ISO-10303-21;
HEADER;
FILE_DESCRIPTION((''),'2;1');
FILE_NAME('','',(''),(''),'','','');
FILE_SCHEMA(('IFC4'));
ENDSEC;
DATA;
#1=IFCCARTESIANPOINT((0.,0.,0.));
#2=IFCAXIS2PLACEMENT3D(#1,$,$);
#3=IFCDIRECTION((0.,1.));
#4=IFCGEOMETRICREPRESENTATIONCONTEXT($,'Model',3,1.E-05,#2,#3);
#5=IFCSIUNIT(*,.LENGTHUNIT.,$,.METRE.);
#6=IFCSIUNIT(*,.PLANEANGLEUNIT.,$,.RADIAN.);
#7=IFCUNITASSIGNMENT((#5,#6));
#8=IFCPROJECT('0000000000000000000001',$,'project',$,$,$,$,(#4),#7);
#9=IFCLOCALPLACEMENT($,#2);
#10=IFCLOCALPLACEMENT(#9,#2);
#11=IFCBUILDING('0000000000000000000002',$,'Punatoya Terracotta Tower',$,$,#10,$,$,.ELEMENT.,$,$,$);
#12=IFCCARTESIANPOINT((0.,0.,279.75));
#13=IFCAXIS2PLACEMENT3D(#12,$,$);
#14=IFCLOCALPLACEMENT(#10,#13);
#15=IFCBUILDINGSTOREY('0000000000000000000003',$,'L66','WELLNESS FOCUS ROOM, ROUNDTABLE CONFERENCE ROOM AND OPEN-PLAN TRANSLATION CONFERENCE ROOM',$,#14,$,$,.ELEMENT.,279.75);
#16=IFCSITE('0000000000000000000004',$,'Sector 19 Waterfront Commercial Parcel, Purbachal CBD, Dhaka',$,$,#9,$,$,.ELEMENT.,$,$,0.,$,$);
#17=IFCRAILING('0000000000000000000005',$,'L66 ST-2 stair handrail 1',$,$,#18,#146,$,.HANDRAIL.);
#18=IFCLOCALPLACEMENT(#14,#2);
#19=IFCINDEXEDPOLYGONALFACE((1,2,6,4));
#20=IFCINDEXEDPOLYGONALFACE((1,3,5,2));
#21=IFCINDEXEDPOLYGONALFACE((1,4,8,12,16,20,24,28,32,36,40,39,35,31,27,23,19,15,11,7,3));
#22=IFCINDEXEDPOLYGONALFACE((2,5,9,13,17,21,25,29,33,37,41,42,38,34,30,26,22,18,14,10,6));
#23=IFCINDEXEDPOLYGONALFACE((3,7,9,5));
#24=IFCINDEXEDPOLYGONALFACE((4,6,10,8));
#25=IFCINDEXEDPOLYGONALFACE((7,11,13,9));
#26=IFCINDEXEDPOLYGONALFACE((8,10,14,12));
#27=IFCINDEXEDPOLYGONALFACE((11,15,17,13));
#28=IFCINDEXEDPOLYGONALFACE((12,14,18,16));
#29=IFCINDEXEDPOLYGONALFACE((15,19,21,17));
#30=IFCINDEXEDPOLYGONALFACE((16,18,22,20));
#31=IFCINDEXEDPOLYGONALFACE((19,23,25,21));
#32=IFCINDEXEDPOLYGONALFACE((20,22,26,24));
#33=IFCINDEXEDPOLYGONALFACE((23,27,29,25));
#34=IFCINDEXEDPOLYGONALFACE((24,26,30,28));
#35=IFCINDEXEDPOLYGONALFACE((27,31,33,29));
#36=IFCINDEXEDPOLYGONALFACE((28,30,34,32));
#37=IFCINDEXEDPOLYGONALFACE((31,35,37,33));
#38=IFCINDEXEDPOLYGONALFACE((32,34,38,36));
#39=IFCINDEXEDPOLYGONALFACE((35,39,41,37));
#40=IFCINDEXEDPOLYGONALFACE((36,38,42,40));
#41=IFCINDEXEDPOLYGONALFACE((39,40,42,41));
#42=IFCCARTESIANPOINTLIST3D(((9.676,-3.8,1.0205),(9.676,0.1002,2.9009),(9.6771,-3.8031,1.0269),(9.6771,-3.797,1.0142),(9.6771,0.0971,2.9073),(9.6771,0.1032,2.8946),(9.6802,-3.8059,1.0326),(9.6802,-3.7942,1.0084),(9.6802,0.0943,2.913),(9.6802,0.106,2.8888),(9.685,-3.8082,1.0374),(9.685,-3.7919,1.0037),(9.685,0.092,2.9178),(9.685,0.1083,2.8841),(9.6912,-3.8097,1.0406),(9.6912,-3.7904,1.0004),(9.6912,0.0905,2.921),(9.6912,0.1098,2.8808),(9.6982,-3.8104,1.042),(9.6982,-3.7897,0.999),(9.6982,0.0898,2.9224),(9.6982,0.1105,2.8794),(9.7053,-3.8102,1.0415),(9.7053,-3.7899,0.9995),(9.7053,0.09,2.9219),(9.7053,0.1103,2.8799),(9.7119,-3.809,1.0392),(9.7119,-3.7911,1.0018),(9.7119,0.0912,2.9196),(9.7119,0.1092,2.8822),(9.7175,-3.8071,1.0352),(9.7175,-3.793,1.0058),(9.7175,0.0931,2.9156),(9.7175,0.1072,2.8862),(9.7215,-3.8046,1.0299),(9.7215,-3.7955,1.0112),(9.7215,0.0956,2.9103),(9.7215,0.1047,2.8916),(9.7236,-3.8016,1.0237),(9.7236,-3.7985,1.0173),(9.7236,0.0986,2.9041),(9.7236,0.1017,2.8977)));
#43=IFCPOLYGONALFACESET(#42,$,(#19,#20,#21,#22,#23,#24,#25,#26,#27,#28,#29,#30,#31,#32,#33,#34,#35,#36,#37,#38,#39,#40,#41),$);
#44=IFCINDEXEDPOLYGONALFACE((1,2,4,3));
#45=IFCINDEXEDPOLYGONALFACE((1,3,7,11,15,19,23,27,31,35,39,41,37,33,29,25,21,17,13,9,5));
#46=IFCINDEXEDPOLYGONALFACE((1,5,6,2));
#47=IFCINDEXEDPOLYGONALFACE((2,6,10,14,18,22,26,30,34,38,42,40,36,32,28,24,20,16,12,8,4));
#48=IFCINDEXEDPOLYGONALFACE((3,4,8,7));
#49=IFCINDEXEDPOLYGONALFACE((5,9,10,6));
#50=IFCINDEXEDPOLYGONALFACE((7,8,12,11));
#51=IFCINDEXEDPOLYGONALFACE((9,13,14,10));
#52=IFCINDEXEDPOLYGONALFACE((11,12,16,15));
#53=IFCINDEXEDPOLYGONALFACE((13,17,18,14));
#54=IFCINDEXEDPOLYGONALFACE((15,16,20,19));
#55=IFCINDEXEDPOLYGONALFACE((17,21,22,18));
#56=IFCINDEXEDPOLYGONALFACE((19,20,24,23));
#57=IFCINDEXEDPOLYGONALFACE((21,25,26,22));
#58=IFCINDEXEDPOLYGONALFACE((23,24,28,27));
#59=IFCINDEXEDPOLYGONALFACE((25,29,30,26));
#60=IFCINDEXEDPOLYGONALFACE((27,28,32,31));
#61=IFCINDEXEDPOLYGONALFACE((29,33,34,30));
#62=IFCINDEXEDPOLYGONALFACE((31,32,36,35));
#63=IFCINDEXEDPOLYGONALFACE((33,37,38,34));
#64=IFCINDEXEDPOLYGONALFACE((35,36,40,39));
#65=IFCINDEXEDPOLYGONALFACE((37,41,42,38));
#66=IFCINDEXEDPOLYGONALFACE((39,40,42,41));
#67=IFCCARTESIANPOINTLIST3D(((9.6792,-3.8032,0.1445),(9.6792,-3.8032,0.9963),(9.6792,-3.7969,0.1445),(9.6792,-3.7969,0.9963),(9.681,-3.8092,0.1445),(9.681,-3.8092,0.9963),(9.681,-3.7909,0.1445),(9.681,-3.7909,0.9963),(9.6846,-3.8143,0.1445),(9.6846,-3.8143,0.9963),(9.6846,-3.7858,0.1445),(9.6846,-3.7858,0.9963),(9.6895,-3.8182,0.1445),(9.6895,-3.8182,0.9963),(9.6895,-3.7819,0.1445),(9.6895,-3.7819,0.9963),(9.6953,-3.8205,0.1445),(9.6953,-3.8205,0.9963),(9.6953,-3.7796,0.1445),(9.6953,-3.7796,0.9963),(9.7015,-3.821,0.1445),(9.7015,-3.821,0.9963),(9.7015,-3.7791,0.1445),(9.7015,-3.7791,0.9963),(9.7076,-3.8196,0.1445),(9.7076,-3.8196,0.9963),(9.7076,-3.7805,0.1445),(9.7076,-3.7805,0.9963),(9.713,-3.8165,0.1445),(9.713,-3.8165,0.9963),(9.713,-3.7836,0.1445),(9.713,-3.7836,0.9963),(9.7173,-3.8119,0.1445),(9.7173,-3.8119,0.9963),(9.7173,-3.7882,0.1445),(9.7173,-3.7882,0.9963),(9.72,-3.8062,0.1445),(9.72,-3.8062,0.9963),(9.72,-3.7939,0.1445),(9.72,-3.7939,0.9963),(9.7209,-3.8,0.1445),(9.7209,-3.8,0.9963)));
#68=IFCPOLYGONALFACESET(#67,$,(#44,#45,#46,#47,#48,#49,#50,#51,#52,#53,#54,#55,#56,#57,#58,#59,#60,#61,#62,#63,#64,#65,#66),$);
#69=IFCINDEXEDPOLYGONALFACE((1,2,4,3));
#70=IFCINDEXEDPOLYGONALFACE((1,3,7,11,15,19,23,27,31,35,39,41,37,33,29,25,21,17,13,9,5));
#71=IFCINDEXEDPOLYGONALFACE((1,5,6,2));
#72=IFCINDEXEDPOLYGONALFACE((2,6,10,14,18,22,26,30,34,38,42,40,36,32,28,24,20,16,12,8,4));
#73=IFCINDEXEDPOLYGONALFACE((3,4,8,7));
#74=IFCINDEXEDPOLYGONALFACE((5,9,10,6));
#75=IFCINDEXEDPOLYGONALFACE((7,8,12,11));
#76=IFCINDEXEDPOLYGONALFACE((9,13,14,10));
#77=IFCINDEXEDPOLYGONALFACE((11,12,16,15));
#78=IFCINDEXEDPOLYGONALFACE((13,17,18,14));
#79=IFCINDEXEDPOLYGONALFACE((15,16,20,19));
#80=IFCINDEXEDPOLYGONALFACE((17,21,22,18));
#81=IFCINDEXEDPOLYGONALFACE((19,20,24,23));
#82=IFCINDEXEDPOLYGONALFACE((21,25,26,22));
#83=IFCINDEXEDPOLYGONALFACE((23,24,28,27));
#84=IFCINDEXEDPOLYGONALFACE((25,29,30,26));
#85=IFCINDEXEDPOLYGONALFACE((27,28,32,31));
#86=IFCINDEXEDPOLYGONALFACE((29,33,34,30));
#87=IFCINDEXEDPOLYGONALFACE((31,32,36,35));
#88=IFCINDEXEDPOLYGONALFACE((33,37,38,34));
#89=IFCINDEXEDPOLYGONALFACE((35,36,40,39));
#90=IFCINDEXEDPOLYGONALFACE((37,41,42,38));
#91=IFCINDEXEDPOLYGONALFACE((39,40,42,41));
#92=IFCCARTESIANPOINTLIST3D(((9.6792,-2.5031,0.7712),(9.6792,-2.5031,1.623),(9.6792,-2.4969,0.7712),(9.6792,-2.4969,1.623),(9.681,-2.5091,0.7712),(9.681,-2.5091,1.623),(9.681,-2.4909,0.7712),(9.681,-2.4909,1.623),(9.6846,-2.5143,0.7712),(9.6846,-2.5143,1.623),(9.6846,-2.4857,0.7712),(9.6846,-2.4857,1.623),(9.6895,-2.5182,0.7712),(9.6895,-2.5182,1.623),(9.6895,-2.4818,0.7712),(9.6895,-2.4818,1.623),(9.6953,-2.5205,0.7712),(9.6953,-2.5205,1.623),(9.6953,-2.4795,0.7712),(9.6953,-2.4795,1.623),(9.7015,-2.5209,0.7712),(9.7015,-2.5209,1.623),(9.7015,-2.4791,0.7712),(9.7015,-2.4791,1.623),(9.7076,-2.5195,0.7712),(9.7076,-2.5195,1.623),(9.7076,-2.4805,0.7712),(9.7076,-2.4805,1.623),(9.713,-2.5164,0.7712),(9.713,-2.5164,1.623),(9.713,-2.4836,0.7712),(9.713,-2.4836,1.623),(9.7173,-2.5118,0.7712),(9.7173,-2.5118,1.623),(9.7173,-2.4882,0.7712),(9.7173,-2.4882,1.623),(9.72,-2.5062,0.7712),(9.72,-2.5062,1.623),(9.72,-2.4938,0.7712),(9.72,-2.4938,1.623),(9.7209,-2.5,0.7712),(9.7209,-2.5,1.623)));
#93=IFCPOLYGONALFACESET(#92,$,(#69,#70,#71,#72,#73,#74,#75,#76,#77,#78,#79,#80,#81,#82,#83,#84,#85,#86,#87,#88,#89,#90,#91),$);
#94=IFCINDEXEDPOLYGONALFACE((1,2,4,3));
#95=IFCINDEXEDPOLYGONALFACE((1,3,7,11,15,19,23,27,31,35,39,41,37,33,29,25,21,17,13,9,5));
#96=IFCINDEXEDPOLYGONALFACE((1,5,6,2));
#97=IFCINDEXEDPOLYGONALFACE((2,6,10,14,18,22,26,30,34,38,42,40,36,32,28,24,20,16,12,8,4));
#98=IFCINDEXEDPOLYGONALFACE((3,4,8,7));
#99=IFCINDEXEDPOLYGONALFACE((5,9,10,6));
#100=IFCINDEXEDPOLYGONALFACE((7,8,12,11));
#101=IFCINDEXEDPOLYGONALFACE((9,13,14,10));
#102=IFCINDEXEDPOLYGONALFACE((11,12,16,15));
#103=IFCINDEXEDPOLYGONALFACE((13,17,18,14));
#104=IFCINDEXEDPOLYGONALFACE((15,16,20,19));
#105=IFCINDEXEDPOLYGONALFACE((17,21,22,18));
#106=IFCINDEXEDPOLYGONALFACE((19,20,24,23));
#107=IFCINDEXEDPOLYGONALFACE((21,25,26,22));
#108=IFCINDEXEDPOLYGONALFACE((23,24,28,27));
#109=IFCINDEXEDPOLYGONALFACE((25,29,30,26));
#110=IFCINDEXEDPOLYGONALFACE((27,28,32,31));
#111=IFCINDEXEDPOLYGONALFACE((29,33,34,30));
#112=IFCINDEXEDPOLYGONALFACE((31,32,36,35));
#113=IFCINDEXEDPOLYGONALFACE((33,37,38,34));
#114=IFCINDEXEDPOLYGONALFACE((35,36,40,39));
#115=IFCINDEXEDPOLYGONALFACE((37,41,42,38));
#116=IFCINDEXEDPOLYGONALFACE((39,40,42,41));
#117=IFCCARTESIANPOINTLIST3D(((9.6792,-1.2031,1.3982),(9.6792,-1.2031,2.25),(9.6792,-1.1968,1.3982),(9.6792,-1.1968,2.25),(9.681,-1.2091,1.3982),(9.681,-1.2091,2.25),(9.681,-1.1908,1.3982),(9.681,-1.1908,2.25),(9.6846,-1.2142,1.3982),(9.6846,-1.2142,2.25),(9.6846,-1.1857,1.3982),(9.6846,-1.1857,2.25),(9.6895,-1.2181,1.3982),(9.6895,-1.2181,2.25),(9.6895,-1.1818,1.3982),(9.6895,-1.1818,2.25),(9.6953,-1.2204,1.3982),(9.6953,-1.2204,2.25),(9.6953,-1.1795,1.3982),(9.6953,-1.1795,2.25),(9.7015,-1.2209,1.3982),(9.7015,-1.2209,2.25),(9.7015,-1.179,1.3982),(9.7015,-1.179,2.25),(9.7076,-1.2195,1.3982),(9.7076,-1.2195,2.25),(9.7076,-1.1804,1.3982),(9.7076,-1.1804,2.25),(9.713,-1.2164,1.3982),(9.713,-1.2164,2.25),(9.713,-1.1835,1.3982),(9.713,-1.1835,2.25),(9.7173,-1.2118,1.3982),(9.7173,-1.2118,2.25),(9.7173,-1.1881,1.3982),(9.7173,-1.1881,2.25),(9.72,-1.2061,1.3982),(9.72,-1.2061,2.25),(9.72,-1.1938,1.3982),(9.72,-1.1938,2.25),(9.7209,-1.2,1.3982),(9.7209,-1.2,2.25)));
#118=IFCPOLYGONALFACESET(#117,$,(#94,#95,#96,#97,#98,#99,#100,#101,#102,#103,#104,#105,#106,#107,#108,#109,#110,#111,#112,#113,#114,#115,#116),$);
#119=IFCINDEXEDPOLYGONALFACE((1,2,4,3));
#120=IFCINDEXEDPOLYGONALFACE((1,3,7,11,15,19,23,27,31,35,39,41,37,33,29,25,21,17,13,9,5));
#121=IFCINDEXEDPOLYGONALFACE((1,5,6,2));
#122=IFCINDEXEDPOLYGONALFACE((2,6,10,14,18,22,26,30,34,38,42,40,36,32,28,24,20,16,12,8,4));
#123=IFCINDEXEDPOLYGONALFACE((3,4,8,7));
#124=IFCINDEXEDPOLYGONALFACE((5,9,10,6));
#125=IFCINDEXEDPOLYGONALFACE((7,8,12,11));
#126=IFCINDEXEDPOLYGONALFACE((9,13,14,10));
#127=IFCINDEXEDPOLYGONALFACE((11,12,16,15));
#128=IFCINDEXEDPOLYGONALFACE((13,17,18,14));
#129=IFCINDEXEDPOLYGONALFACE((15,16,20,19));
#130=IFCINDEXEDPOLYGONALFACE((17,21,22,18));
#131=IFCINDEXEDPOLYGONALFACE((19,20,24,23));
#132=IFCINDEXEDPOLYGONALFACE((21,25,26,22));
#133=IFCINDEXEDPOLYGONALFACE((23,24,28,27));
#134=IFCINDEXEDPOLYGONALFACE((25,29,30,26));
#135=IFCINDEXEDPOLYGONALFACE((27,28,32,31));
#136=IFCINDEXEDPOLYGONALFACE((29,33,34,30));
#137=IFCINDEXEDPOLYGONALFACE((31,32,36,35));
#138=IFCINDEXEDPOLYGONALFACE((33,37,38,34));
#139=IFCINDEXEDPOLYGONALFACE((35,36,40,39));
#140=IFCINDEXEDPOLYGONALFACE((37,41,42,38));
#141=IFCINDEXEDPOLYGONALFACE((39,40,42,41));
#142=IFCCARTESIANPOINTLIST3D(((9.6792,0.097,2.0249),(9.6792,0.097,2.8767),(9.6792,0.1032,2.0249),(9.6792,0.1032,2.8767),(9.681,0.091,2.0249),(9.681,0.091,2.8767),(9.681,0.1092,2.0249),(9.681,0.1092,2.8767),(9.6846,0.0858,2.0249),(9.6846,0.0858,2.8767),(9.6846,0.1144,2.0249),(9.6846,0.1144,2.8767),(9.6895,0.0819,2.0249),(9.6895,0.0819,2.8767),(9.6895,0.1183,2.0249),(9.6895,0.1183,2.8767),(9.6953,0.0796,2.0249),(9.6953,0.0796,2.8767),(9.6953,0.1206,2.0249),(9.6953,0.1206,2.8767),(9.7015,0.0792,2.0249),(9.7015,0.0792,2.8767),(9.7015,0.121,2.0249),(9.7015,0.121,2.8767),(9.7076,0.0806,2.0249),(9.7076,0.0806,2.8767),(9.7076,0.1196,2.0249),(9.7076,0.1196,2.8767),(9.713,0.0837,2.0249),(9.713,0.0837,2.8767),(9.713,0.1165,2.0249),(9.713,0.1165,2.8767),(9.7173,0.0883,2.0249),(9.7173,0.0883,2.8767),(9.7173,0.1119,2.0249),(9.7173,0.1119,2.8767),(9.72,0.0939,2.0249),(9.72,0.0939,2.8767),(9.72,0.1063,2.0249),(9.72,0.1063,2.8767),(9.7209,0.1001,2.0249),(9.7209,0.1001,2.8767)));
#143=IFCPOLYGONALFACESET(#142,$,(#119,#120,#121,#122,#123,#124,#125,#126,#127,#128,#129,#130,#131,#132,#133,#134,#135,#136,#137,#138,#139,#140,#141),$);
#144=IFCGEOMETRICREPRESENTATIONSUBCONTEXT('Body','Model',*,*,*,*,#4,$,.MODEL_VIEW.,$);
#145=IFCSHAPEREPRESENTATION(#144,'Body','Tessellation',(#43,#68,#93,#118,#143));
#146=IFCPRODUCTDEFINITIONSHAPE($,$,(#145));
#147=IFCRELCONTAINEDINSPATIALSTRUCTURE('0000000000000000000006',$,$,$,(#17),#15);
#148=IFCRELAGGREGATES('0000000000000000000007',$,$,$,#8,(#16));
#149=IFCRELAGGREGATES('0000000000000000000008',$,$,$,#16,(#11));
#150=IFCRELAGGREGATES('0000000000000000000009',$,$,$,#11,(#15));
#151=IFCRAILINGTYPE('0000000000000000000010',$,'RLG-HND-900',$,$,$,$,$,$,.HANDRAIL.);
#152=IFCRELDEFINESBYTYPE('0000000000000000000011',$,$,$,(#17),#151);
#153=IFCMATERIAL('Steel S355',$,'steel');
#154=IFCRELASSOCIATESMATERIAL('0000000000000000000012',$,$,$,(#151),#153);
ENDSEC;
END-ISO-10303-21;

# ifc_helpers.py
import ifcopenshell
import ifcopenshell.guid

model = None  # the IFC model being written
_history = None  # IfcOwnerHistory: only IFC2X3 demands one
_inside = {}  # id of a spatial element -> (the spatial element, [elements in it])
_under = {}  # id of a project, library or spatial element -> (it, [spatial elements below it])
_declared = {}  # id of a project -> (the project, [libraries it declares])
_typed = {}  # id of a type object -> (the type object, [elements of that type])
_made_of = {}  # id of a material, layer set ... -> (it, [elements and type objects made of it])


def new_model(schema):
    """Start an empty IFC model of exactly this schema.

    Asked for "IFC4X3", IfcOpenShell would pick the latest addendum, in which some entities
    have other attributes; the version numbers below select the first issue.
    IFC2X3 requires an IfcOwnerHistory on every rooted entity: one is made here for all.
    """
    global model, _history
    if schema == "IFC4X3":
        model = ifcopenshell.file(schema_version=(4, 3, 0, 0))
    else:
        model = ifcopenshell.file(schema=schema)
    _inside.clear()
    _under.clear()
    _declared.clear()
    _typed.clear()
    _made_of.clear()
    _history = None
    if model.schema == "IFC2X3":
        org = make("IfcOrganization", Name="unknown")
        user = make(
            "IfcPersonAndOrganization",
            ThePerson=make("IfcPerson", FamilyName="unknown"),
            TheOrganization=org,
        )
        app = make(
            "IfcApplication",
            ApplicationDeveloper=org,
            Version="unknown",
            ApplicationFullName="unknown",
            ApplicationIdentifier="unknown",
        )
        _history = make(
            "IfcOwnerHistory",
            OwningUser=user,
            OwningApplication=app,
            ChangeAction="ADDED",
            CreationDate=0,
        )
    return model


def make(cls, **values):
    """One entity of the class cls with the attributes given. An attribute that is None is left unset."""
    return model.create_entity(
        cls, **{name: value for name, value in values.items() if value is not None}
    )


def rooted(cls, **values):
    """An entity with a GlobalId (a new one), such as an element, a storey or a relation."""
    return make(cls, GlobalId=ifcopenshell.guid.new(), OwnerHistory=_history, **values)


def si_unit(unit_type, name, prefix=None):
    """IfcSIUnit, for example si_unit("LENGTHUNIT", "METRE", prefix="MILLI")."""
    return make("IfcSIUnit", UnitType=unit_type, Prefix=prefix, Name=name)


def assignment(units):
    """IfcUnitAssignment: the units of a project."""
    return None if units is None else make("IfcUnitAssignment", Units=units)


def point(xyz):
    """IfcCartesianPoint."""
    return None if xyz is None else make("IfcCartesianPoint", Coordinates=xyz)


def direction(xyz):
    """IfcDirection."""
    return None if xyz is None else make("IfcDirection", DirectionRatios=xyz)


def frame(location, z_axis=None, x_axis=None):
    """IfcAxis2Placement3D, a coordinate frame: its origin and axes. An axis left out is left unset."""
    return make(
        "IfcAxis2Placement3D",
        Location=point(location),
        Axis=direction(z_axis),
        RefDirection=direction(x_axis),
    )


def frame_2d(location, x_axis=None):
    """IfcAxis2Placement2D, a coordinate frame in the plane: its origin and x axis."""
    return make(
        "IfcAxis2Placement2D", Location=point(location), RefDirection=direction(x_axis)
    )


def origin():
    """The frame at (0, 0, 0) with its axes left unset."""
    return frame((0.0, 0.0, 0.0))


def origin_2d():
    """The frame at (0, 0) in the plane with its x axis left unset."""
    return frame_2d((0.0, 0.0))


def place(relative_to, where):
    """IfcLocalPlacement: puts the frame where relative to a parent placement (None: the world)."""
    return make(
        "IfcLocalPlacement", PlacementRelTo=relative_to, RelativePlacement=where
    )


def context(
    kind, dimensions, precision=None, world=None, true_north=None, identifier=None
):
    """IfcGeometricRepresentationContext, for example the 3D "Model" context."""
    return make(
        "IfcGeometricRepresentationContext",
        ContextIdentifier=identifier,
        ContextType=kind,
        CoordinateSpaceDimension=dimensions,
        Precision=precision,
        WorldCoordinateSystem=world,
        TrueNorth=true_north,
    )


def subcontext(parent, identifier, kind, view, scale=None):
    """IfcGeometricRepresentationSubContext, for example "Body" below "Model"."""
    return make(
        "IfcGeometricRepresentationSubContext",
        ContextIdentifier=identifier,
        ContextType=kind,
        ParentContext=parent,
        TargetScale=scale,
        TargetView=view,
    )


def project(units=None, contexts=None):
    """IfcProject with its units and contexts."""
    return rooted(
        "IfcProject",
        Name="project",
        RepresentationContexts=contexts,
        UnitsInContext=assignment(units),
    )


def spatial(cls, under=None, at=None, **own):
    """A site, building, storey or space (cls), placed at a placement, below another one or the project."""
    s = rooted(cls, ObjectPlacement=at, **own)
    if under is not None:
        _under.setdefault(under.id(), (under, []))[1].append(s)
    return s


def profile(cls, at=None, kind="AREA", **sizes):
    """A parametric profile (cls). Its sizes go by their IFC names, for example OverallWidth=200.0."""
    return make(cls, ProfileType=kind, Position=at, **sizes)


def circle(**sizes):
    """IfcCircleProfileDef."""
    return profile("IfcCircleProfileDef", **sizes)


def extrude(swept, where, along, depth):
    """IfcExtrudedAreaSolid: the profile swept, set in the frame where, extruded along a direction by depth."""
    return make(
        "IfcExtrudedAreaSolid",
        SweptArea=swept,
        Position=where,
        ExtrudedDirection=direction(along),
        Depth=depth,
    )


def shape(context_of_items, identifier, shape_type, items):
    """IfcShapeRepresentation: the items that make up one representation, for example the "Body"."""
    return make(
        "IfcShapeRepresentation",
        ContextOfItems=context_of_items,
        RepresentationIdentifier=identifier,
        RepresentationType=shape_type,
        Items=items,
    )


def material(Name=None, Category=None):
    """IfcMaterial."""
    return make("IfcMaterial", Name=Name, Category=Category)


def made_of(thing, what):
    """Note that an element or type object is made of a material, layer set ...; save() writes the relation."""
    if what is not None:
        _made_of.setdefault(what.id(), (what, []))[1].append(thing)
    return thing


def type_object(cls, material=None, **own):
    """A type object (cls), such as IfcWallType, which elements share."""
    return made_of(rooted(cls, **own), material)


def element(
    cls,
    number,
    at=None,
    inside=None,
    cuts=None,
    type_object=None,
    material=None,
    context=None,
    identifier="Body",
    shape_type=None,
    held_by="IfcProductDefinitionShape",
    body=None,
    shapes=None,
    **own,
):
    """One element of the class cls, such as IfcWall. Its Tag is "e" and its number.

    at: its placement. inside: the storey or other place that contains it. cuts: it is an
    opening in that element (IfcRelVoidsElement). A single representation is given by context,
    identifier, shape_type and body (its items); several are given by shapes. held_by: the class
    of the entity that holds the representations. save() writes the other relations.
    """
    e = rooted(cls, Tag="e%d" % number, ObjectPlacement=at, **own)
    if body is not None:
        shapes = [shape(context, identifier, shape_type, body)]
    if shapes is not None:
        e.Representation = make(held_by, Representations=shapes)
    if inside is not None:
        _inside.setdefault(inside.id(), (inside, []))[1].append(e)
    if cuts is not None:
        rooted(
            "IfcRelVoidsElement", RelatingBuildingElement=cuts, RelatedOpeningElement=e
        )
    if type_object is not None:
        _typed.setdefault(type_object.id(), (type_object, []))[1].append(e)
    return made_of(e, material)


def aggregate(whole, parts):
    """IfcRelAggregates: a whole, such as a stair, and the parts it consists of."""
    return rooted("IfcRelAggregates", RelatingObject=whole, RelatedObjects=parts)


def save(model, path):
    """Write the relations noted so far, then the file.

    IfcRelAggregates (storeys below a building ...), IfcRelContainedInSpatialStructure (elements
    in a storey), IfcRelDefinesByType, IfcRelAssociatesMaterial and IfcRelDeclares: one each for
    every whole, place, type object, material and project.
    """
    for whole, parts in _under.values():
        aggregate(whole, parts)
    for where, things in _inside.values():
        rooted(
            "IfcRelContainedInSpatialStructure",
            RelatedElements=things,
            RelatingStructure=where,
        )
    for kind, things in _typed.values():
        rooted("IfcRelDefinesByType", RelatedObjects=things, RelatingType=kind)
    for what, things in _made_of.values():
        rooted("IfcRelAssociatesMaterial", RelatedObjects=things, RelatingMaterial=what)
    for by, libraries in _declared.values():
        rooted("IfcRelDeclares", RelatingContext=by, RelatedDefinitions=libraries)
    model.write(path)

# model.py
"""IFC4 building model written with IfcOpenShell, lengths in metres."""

from ifc_helpers import new_model, si_unit, direction, frame, origin, origin_2d, place, context, subcontext, project, spatial, circle, extrude, material, type_object, element, save


model = new_model("IFC4")

# Units and contexts
model_context = context("Model", 3, precision=1e-05, world=origin(), true_north=direction((0.0, 1.0)))
body_context = subcontext(model_context, "Body", "Model", "MODEL_VIEW")
ifc_project = project(units=[si_unit("LENGTHUNIT", "METRE"), si_unit("PLANEANGLEUNIT", "RADIAN")], contexts=[model_context])

# Site, building, storey
site_placement = place(None, origin())
site = spatial("IfcSite", under=ifc_project, at=site_placement, Name="Sector 19 Waterfront Commercial Parcel, Purbachal CBD, Dhaka", CompositionType="ELEMENT", RefElevation=0.0)
building_placement = place(site_placement, origin())
building = spatial("IfcBuilding", under=site, at=building_placement, Name="Punatoya Terracotta Tower", CompositionType="ELEMENT")
storey_placement = place(building_placement, frame((0.0, 0.0, 279.75)))
storey = spatial("IfcBuildingStorey", under=building, at=storey_placement, Name="L66", Description="WELLNESS FOCUS ROOM, ROUNDTABLE CONFERENCE ROOM AND OPEN-PLAN TRANSLATION CONFERENCE ROOM", CompositionType="ELEMENT", Elevation=279.75)

# Shared definitions
ifc_material_1 = material(Name="Steel S355", Category="steel")

# Railing
railing_type_1 = type_object("IfcRailingType", Name="RLG-HND-900", PredefinedType="HANDRAIL", material=ifc_material_1)
railing_1_placement = place(storey_placement, frame((9.7, -3.8, 0.1445)))
element("IfcRailing", 1, at=railing_1_placement, inside=storey, type_object=railing_type_1, Name="L66 ST-2 stair handrail 1", PredefinedType="HANDRAIL", context=body_context, shape_type="SweptSolid", body=[
    extrude(circle(Radius=0.0239, at=origin_2d()), frame((0.0, 0.0, 0.876), z_axis=(0.0, 0.900774, 0.434289), x_axis=(-1.0, 0.0, 0.0)), (0.0, 0.0, 1.0), 4.3298),
    extrude(circle(Radius=0.021, at=origin_2d()), origin(), (0.0, 0.0, 1.0), 0.8518),
    extrude(circle(Radius=0.021, at=origin_2d()), frame((0.0, 1.3, 0.6267)), (0.0, 0.0, 1.0), 0.8518),
    extrude(circle(Radius=0.021, at=origin_2d()), frame((0.0, 2.6001, 1.2537)), (0.0, 0.0, 1.0), 0.8518),
    extrude(circle(Radius=0.021, at=origin_2d()), frame((0.0, 3.9001, 1.8804)), (0.0, 0.0, 1.0), 0.8518),
])

save(model, "model.ifc")
